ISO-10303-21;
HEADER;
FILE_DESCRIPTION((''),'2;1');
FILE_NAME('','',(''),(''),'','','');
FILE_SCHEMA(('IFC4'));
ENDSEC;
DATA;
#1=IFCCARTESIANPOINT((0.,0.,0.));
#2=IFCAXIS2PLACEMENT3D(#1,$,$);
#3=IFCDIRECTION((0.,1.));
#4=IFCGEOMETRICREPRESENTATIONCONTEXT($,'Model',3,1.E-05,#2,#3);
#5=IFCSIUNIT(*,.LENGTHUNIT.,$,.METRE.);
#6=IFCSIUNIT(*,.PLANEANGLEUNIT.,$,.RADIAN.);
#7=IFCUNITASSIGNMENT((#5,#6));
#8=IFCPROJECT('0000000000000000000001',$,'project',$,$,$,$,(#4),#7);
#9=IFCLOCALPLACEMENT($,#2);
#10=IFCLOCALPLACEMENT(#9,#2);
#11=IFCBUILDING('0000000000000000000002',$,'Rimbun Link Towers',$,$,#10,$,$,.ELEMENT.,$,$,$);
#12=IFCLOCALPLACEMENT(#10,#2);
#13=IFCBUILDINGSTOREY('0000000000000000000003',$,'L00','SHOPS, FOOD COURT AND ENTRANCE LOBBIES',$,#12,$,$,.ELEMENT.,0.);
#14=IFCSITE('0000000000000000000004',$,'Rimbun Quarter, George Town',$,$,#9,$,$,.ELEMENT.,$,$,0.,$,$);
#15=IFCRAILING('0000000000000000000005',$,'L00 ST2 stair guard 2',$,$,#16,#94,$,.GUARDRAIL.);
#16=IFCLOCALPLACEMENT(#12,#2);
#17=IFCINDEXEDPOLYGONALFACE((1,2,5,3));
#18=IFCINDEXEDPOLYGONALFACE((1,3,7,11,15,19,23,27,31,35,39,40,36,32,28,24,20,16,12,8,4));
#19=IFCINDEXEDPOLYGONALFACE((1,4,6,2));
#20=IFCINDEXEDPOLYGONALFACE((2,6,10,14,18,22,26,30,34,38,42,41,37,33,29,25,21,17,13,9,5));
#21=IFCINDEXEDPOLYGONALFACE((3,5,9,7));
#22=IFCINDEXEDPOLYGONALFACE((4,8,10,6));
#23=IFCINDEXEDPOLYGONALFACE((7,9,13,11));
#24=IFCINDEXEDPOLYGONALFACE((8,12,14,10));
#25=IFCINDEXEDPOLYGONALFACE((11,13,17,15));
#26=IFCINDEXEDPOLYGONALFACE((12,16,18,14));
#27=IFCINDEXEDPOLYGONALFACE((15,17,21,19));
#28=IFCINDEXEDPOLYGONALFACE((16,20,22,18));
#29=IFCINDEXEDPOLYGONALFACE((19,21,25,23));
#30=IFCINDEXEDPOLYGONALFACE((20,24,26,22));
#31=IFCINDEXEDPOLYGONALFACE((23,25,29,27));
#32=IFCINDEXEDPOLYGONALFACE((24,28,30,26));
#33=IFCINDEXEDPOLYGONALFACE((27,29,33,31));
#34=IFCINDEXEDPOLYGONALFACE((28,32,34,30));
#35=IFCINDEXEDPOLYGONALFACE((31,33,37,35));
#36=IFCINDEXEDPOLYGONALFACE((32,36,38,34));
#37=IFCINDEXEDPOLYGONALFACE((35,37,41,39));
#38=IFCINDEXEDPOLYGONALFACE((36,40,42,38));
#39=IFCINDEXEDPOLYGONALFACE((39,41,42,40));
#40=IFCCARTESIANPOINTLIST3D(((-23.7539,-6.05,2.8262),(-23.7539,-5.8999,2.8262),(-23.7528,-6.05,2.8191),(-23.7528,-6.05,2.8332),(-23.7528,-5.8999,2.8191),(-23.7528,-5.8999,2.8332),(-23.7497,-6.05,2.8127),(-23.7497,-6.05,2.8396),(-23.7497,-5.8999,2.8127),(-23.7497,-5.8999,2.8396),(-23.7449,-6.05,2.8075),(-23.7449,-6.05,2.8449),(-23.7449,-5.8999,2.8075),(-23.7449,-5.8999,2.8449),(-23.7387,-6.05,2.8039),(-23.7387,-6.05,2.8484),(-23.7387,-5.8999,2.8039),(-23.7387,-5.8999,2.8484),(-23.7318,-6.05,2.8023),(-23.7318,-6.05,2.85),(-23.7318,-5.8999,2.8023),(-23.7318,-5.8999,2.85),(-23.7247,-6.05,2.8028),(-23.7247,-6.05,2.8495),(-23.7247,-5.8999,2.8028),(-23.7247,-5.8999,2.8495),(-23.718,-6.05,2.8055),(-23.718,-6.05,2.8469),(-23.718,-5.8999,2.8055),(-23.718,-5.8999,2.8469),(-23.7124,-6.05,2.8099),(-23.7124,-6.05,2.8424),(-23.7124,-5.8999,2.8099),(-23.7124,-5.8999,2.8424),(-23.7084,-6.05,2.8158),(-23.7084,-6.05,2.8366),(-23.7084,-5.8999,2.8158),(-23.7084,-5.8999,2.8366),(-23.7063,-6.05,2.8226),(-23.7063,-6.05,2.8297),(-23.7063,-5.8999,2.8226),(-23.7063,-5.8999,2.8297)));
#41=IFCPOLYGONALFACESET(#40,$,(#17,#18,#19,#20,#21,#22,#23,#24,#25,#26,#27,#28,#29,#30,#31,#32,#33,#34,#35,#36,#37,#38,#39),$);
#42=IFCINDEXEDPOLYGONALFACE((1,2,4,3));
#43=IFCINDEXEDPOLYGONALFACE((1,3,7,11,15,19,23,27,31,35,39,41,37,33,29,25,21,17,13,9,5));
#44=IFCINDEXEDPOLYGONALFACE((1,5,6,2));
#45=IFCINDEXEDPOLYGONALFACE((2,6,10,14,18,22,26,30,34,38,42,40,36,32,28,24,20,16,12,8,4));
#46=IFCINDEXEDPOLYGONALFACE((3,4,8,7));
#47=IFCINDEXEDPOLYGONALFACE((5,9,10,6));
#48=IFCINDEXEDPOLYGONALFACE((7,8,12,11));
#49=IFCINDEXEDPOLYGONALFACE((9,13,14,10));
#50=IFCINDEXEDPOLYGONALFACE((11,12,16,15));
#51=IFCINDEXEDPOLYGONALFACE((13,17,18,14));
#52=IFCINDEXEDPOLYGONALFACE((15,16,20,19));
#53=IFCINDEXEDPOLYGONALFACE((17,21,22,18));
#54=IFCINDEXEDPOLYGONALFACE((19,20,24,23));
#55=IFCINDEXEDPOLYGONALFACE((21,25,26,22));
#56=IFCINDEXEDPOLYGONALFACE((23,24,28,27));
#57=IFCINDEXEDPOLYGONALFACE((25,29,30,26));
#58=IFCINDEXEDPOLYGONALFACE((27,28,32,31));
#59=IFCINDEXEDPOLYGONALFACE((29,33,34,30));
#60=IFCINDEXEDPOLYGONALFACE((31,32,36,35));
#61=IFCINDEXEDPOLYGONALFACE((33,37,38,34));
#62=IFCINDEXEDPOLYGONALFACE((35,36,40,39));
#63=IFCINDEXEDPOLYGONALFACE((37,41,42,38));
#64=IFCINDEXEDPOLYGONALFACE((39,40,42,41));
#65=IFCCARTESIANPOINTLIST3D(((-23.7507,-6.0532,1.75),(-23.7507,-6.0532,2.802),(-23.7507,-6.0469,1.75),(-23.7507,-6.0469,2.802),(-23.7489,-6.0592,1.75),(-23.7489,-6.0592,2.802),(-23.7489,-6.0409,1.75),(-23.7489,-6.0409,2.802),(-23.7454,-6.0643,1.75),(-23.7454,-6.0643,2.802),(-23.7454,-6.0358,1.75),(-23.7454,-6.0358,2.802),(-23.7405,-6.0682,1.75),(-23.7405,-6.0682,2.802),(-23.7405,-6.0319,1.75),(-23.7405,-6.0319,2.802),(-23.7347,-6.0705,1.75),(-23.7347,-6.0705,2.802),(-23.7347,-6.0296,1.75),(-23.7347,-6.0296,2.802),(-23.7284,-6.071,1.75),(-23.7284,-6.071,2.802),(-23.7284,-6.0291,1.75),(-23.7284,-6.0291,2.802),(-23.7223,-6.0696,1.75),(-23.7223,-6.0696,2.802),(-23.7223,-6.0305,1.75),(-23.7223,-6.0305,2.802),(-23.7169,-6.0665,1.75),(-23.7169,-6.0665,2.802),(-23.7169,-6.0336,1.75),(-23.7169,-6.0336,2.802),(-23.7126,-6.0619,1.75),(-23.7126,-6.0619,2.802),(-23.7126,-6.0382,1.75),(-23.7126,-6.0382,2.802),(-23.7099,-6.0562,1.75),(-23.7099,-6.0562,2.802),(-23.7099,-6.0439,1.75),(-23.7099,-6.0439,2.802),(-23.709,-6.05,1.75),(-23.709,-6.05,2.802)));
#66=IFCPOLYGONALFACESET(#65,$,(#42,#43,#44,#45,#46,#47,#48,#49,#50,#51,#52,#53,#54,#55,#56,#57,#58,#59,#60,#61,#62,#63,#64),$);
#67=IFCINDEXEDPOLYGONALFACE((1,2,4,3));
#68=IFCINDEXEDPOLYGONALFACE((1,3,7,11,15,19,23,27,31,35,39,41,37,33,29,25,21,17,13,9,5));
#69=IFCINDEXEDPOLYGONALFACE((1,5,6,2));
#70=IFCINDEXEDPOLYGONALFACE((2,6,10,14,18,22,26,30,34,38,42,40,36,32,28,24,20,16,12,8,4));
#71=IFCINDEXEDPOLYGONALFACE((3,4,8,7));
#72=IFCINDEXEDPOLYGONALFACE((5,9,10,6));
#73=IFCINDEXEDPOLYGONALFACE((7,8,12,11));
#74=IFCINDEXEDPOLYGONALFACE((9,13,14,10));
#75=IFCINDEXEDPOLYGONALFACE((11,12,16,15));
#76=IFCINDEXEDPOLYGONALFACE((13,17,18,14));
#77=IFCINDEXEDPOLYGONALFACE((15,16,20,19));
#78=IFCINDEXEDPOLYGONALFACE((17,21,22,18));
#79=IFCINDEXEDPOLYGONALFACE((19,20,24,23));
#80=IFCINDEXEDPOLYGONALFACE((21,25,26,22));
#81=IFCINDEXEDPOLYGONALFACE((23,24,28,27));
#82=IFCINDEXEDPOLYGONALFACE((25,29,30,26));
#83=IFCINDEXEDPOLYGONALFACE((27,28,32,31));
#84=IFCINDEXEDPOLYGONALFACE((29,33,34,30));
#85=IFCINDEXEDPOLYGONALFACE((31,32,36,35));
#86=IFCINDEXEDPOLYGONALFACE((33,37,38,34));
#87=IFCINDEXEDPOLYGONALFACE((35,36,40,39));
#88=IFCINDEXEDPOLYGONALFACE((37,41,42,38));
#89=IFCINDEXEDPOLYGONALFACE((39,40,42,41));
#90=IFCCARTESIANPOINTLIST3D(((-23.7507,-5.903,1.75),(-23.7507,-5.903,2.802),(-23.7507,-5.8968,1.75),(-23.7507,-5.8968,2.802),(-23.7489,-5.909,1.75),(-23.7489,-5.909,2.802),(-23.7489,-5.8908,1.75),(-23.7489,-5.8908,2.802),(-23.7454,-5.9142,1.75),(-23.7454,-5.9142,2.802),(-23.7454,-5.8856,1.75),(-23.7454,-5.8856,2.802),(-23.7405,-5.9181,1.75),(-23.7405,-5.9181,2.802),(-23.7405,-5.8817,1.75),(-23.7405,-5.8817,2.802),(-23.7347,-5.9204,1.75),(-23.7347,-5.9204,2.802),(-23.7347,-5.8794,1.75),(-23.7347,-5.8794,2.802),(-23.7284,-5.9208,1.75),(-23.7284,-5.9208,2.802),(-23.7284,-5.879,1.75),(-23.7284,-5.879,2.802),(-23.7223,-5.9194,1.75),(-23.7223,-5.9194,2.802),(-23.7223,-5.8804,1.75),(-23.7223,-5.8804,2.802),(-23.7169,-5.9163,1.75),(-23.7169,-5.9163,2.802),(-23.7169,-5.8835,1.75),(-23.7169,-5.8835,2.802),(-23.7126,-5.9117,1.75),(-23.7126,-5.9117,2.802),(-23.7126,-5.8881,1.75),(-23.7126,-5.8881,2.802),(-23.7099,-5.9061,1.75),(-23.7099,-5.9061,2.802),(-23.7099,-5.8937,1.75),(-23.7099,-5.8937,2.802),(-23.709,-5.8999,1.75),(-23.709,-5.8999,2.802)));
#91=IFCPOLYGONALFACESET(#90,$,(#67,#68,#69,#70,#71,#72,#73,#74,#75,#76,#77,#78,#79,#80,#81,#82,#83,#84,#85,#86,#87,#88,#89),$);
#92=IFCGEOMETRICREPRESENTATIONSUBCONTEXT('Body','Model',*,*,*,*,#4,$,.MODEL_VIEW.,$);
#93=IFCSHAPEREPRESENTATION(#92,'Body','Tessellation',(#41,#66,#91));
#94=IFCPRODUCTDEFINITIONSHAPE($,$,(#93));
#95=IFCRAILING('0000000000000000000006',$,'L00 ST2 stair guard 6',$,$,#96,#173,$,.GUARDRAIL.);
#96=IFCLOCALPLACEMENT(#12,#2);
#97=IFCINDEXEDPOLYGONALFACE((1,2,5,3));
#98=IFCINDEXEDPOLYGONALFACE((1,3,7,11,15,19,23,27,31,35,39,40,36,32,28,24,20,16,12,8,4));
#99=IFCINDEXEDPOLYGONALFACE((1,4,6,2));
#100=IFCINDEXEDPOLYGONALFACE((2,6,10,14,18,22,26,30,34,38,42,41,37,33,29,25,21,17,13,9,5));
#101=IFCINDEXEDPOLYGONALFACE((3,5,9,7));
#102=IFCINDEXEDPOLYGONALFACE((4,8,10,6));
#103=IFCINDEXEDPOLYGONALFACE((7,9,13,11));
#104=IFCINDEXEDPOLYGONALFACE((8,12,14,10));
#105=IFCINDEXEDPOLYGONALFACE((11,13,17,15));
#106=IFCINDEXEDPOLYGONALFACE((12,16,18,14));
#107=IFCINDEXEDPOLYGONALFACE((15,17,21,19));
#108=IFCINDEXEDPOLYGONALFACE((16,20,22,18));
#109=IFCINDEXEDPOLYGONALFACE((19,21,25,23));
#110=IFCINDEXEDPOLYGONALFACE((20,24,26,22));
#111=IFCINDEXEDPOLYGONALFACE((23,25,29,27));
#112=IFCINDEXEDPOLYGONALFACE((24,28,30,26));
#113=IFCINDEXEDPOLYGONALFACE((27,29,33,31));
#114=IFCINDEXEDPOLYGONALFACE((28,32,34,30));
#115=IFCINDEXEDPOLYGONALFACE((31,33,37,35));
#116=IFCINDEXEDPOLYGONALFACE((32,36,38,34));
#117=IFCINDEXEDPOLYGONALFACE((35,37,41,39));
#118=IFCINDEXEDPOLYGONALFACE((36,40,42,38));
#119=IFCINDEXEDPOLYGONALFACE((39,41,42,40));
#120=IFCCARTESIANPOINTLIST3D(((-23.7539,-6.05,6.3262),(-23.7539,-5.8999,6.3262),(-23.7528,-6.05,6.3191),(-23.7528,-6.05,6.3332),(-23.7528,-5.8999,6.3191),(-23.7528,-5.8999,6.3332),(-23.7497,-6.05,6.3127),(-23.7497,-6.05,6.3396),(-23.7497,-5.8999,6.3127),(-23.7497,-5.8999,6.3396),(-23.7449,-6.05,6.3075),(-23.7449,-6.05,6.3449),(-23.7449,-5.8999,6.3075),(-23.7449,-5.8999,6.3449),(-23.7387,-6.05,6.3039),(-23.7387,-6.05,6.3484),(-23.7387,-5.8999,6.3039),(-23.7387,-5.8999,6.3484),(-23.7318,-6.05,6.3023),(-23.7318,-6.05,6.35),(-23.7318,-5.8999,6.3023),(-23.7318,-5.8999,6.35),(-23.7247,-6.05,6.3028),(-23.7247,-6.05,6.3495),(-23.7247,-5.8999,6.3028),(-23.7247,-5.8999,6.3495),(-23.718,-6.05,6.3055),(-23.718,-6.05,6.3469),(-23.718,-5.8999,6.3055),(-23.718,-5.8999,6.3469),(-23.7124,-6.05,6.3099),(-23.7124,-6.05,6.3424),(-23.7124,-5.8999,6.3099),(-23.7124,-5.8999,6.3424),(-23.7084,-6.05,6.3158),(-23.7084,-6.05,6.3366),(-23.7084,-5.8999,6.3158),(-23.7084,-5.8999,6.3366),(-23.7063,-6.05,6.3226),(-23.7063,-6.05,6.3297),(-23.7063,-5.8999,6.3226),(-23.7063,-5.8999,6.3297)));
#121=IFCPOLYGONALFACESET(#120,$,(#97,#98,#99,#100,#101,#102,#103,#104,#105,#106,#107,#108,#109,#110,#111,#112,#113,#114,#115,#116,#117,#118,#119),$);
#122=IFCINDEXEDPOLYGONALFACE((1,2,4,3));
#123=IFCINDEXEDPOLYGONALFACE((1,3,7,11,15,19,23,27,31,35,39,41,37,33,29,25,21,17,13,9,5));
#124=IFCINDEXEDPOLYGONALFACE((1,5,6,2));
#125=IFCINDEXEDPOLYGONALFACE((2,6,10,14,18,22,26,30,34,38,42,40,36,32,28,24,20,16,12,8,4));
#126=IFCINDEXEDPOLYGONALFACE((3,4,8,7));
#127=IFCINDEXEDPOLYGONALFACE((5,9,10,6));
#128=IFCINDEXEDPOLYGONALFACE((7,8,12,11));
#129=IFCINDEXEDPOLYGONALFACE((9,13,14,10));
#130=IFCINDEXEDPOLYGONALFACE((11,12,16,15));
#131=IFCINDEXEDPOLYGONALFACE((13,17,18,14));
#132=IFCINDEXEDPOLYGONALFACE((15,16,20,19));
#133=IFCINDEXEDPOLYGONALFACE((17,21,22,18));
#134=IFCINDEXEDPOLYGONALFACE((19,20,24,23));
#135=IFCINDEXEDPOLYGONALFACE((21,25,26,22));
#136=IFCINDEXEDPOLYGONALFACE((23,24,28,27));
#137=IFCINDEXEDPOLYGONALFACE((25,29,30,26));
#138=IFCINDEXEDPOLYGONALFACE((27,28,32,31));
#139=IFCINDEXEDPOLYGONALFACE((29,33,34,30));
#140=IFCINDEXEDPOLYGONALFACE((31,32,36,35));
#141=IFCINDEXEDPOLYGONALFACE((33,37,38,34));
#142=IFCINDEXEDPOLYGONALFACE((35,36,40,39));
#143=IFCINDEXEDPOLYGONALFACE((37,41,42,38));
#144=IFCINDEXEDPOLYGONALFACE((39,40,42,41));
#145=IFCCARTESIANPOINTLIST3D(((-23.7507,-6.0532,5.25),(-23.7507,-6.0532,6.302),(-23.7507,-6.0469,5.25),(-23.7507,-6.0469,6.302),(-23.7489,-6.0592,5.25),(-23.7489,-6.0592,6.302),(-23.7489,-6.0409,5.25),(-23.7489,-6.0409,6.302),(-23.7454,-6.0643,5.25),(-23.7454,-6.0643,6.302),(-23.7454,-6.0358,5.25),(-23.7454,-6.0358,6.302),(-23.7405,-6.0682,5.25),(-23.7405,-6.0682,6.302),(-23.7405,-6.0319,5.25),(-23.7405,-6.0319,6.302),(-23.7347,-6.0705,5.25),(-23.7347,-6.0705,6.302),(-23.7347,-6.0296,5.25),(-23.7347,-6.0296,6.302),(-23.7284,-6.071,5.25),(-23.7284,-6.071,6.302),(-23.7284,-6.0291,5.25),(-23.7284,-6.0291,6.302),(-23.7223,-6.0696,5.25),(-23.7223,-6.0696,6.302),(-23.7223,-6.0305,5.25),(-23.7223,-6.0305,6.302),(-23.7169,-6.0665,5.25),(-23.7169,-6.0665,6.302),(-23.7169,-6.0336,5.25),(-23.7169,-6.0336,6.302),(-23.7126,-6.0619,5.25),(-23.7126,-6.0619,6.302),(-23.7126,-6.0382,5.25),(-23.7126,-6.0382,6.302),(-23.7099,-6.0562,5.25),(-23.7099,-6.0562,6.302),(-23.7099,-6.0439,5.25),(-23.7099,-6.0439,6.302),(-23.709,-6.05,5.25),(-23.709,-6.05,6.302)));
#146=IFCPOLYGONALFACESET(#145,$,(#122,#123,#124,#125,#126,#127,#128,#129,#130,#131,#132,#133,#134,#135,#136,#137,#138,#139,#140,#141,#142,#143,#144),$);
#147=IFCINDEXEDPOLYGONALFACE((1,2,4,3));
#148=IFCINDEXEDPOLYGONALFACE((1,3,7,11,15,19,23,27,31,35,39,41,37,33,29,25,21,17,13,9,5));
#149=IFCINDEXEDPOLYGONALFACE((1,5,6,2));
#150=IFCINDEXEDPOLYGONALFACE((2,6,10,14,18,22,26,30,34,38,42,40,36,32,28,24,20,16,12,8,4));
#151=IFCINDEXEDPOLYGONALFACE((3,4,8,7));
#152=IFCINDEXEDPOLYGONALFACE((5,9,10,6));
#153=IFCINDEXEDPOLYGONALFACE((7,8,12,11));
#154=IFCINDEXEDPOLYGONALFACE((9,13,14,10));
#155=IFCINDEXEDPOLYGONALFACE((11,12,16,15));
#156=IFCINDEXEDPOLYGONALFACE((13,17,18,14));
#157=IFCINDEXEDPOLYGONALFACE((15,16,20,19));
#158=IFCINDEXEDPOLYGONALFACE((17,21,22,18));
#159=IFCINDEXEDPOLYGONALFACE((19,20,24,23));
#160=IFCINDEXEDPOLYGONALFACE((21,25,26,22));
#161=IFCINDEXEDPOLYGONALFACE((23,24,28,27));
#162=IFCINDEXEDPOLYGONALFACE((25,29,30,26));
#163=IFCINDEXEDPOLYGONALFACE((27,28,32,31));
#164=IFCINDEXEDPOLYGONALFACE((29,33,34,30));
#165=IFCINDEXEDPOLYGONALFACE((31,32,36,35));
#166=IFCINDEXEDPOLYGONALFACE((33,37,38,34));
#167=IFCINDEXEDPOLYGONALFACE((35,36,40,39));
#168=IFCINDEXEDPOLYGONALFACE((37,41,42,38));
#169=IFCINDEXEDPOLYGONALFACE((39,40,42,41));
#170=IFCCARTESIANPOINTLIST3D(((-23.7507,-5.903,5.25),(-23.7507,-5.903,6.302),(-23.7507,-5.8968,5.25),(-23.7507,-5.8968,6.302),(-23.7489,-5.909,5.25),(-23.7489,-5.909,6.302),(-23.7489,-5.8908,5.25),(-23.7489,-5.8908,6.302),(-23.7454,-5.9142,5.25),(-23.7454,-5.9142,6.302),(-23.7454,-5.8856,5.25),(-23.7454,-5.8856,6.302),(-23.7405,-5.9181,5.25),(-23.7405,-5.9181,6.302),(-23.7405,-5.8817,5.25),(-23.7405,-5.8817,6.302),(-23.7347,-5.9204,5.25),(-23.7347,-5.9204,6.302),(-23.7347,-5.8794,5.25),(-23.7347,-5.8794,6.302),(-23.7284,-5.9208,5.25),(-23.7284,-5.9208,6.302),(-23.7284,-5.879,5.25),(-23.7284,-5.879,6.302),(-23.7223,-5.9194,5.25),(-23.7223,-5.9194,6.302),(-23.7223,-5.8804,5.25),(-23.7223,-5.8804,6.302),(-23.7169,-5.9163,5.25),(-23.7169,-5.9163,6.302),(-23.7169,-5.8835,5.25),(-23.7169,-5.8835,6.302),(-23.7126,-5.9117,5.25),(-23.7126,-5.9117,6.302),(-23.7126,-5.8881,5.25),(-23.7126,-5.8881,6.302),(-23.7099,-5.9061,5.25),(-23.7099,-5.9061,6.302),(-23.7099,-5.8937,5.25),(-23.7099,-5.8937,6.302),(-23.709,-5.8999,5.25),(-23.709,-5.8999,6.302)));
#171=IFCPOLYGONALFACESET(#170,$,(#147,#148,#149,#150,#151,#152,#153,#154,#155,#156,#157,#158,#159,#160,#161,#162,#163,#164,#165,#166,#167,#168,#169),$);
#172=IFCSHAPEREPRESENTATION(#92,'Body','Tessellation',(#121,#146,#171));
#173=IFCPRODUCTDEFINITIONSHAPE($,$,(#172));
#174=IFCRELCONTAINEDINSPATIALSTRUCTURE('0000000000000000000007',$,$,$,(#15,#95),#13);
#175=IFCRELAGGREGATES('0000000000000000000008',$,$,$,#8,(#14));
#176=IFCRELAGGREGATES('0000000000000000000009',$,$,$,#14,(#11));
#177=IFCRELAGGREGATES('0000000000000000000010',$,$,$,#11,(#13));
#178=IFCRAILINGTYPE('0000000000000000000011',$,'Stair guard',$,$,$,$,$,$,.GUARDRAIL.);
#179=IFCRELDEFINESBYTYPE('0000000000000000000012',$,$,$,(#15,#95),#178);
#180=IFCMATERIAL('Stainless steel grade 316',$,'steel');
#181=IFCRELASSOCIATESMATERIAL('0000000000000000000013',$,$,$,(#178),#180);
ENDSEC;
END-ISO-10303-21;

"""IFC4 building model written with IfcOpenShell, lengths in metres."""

from ifc_helpers import new_model, si_unit, direction, frame, origin, origin_2d, place, context, subcontext, project, spatial, circle, extrude, material, type_object, element, save


model = new_model("IFC4")

# Units and contexts
model_context = context("Model", 3, precision=1e-05, world=origin(), true_north=direction((0.0, 1.0)))
body_context = subcontext(model_context, "Body", "Model", "MODEL_VIEW")
ifc_project = project(units=[si_unit("LENGTHUNIT", "METRE"), si_unit("PLANEANGLEUNIT", "RADIAN")], contexts=[model_context])

# Site, building, storey
site_placement = place(None, origin())
site = spatial("IfcSite", under=ifc_project, at=site_placement, Name="Rimbun Quarter, George Town", CompositionType="ELEMENT", RefElevation=0.0)
building_placement = place(site_placement, origin())
building = spatial("IfcBuilding", under=site, at=building_placement, Name="Rimbun Link Towers", CompositionType="ELEMENT")
storey_placement = place(building_placement, origin())
storey = spatial("IfcBuildingStorey", under=building, at=storey_placement, Name="L00", Description="SHOPS, FOOD COURT AND ENTRANCE LOBBIES", CompositionType="ELEMENT", Elevation=0.0)

# Railings
ifc_material_1 = material(Name="Stainless steel grade 316", Category="steel")
railing_type_1 = type_object("IfcRailingType", Name="Stair guard", PredefinedType="GUARDRAIL", material=ifc_material_1)
for number, where, name in (
    (1, (-23.73, -6.05, 1.75), "L00 ST2 stair guard 2"),
    (2, (-23.73, -6.05, 5.25), "L00 ST2 stair guard 6"),
):
    element("IfcRailing", number, at=place(storey_placement, frame(where)), inside=storey, type_object=railing_type_1, Name=name, PredefinedType="GUARDRAIL", context=body_context, shape_type="SweptSolid", body=[
        extrude(circle(Radius=0.0239, at=origin_2d()), frame((0.0, 0.0, 1.0762), z_axis=(0.0, 1.0, 0.0), x_axis=(-1.0, 0.0, 0.0)), (0.0, 0.0, 1.0), 0.1501),
        extrude(circle(Radius=0.021, at=origin_2d()), origin(), (0.0, 0.0, 1.0), 1.052),
        extrude(circle(Radius=0.021, at=origin_2d()), frame((0.0, 0.1501, 0.0)), (0.0, 0.0, 1.0), 1.052),
    ])

save(model, "model.ifc")
